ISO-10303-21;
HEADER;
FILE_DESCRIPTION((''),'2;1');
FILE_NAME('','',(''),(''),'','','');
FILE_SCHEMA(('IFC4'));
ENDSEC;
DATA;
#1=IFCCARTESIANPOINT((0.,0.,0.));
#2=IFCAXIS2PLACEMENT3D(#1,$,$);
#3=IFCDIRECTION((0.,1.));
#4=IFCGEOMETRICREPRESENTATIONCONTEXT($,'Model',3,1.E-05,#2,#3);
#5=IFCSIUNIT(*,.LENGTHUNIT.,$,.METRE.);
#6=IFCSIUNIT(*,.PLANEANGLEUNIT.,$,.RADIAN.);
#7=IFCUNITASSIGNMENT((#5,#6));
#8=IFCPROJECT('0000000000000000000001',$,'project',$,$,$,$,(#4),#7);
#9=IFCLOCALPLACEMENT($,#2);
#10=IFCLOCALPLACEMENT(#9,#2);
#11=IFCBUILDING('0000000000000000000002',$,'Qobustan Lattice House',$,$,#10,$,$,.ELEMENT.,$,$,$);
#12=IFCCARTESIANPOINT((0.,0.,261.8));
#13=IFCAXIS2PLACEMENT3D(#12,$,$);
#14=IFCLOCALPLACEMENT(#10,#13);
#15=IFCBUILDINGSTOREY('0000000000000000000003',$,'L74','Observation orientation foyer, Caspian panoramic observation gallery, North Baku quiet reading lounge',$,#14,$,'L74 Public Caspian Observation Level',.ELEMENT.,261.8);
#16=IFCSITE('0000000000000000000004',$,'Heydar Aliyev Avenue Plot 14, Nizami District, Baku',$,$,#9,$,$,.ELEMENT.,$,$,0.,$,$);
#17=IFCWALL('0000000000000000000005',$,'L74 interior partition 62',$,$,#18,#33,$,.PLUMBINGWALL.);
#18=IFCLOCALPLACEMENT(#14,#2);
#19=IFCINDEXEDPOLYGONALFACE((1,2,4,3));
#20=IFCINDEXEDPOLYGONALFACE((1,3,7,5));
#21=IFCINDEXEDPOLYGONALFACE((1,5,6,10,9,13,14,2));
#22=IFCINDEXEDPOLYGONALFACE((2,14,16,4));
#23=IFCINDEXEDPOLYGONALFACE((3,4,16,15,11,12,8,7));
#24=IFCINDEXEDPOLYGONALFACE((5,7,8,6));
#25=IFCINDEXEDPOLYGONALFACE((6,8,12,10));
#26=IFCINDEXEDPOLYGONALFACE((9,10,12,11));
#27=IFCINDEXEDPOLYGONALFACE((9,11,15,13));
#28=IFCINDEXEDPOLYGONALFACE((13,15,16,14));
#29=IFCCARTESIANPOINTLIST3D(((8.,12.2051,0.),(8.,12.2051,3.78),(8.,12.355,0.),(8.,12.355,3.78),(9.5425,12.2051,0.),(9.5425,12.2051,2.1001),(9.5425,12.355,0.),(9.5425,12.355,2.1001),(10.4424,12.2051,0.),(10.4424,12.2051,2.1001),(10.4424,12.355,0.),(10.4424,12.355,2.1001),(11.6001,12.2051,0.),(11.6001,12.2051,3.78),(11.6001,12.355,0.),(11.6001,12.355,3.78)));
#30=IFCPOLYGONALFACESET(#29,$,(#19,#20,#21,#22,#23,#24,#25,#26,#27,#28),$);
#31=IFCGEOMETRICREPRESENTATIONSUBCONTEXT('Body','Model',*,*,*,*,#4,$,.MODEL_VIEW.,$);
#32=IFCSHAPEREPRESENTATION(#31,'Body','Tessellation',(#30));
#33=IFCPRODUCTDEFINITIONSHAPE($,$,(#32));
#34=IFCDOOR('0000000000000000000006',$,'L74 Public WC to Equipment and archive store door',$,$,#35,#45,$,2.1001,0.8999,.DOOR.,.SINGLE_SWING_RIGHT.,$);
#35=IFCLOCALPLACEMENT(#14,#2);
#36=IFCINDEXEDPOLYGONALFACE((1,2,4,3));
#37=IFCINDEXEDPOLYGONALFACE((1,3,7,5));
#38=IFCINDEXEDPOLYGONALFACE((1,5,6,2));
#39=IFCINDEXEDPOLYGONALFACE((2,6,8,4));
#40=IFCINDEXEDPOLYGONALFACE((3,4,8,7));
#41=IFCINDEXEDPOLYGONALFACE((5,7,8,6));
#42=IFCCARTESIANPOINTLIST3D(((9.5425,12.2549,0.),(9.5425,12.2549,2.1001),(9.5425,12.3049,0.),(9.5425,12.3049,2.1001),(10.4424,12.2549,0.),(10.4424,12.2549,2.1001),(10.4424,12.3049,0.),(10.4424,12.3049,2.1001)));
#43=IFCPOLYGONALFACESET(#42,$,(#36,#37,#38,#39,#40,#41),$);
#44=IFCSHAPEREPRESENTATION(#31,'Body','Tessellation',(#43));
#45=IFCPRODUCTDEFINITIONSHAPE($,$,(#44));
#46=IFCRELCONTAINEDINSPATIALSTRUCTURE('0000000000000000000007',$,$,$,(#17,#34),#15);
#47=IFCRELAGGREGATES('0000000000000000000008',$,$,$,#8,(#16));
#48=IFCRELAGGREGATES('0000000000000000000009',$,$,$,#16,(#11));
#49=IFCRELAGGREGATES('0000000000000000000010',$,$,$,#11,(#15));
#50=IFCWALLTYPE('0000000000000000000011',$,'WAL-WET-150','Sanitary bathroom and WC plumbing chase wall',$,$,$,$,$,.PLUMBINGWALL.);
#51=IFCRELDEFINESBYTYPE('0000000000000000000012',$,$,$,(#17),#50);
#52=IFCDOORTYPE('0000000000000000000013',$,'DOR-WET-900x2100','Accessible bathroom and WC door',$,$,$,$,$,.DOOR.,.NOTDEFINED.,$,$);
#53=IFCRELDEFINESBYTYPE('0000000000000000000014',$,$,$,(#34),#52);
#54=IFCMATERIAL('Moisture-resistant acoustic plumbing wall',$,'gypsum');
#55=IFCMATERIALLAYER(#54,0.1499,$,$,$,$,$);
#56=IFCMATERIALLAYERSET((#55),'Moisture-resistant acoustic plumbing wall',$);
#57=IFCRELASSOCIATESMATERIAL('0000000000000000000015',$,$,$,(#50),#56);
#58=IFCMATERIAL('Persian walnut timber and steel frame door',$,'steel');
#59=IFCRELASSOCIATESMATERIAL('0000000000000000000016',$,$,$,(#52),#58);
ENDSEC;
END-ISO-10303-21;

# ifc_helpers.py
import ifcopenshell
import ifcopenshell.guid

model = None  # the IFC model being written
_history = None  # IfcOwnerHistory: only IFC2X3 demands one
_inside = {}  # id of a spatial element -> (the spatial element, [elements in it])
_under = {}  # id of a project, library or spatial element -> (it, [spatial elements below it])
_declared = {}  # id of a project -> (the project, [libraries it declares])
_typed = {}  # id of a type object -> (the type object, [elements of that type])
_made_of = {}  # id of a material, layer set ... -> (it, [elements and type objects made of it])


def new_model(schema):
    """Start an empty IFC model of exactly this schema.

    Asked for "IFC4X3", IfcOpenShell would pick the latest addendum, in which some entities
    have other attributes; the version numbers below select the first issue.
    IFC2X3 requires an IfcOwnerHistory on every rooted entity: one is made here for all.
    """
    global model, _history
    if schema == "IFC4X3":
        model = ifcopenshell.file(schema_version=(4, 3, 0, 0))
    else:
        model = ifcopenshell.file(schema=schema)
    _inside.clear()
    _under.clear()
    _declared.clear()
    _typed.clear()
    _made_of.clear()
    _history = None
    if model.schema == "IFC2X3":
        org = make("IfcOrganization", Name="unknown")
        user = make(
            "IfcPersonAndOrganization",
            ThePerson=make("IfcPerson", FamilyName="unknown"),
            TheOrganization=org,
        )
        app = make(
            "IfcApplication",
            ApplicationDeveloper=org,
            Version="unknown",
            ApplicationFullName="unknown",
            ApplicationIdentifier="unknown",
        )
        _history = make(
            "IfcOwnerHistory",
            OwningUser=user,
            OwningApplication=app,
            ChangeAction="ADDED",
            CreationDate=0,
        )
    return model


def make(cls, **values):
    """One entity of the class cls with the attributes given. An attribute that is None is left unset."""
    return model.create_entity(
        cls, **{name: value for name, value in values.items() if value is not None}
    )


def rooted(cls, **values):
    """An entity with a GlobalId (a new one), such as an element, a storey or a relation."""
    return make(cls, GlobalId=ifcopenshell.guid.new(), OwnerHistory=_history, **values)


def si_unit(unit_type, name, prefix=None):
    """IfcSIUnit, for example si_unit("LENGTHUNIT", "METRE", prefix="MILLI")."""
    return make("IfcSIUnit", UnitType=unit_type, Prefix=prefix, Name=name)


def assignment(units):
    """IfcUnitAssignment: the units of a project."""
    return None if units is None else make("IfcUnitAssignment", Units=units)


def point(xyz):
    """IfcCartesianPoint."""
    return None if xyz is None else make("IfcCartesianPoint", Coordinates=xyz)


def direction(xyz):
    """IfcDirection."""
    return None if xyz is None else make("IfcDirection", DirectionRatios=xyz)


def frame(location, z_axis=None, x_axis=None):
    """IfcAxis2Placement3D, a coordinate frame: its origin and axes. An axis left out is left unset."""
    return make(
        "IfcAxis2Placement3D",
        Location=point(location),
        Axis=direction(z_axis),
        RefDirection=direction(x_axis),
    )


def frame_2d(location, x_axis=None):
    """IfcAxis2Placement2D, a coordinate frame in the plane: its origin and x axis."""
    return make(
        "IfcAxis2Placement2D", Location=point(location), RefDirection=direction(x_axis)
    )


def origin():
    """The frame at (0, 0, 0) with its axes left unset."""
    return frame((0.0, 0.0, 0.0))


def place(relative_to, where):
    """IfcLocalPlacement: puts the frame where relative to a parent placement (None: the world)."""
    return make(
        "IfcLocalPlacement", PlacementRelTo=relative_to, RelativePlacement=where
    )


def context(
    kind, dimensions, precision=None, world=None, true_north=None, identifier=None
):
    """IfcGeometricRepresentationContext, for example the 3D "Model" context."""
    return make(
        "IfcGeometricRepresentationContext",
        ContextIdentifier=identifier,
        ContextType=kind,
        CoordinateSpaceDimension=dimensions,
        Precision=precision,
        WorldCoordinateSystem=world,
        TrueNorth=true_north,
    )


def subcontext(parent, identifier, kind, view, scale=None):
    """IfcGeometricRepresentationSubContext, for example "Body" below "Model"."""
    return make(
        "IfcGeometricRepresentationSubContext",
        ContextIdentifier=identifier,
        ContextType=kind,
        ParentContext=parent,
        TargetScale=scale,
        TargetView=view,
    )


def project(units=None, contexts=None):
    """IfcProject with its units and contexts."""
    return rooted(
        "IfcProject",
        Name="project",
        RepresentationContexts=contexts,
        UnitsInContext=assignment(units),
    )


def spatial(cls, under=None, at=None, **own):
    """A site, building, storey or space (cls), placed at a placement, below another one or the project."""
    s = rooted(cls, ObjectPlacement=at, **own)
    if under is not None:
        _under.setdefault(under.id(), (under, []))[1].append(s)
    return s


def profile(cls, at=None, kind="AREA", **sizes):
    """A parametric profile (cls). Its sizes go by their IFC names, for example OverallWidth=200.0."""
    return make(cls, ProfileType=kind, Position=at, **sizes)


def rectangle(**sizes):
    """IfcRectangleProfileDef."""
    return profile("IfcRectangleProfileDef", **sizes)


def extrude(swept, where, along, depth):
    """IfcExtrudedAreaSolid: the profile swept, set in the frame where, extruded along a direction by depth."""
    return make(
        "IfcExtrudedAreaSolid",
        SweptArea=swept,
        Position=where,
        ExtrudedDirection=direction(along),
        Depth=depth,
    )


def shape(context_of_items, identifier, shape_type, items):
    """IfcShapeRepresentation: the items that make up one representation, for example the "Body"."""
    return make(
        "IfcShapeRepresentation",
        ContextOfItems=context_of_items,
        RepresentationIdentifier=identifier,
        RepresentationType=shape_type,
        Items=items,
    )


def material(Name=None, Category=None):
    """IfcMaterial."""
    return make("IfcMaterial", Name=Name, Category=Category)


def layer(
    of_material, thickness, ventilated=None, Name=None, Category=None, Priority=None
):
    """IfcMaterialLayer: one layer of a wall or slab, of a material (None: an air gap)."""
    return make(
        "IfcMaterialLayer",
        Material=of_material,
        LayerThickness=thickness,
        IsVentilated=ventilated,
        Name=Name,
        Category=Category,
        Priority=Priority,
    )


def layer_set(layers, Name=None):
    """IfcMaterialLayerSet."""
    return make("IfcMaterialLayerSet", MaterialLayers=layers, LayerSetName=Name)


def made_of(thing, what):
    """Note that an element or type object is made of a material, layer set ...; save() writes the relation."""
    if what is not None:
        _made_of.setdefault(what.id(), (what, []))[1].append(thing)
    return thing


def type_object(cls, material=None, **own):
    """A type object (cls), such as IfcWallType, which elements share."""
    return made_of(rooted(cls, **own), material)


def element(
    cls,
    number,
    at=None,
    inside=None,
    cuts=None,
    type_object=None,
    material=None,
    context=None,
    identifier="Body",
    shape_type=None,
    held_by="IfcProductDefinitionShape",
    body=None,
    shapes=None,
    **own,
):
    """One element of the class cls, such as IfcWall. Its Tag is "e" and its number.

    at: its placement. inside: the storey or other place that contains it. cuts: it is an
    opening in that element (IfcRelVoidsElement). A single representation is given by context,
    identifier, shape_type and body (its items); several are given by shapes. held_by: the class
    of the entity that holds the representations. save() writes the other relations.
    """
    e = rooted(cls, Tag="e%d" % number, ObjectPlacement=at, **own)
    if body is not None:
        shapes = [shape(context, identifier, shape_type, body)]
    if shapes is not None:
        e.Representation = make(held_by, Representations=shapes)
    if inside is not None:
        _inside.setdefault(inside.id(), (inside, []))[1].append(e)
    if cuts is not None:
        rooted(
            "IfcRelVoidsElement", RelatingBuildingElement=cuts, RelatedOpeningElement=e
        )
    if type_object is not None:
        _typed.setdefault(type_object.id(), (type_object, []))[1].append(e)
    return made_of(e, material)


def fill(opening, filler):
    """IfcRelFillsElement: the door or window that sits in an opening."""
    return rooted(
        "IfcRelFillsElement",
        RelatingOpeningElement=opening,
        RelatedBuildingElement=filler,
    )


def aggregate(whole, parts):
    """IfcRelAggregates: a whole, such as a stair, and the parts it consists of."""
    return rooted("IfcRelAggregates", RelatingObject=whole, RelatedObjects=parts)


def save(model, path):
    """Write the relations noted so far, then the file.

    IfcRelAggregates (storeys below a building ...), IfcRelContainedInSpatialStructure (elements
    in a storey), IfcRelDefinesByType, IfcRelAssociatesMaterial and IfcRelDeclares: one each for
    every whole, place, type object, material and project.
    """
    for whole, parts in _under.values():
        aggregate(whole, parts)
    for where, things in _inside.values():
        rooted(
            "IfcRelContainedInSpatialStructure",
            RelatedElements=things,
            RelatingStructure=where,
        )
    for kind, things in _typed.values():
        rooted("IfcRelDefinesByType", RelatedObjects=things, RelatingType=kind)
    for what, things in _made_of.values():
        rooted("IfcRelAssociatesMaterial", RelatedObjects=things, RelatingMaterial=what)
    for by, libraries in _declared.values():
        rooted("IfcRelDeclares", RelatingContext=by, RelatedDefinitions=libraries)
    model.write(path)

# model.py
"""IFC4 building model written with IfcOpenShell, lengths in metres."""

from ifc_helpers import new_model, si_unit, direction, frame, frame_2d, origin, place, context, subcontext, project, spatial, rectangle, extrude, material, layer, layer_set, type_object, element, fill, save


model = new_model("IFC4")

# Units and contexts
model_context = context("Model", 3, precision=1e-05, world=origin(), true_north=direction((0.0, 1.0)))
body_context = subcontext(model_context, "Body", "Model", "MODEL_VIEW")
ifc_project = project(units=[si_unit("LENGTHUNIT", "METRE"), si_unit("PLANEANGLEUNIT", "RADIAN")], contexts=[model_context])

# Site, building, storey
site_placement = place(None, origin())
site = spatial("IfcSite", under=ifc_project, at=site_placement, Name="Heydar Aliyev Avenue Plot 14, Nizami District, Baku", CompositionType="ELEMENT", RefElevation=0.0)
building_placement = place(site_placement, origin())
building = spatial("IfcBuilding", under=site, at=building_placement, Name="Qobustan Lattice House", CompositionType="ELEMENT")
storey_placement = place(building_placement, frame((0.0, 0.0, 261.8)))
storey = spatial("IfcBuildingStorey", under=building, at=storey_placement, Name="L74", Description="Observation orientation foyer, Caspian panoramic observation gallery, North Baku quiet reading lounge", LongName="L74 Public Caspian Observation Level", CompositionType="ELEMENT", Elevation=261.8)

# Shared definitions
ifc_material_1 = material(Name="Moisture-resistant acoustic plumbing wall", Category="gypsum")
ifc_layer_1 = layer(ifc_material_1, 0.1499)
ifc_layer_set_1 = layer_set([ifc_layer_1], Name="Moisture-resistant acoustic plumbing wall")
wall_type_1 = type_object("IfcWallType", Name="WAL-WET-150", Description="Sanitary bathroom and WC plumbing chase wall", PredefinedType="PLUMBINGWALL", material=ifc_layer_set_1)
ifc_material_2 = material(Name="Persian walnut timber and steel frame door", Category="steel")
door_type_1 = type_object("IfcDoorType", Name="DOR-WET-900x2100", Description="Accessible bathroom and WC door", OperationType="NOTDEFINED", PredefinedType="DOOR", material=ifc_material_2)

# Wall, opening, door
wall_1_placement = place(storey_placement, frame((8.0, 12.28, 0.0), z_axis=(0.0, 0.0, 1.0), x_axis=(1.0, 0.0, 0.0)))
wall_1 = element("IfcWall", 1, at=wall_1_placement, inside=storey, type_object=wall_type_1, Name="L74 interior partition 62", PredefinedType="PLUMBINGWALL", context=body_context, shape_type="SweptSolid", body=[
    extrude(rectangle(XDim=3.6001, YDim=0.1499, at=frame_2d((1.8, 0.0))), origin(), (0.0, 0.0, 1.0), 3.78),
])
opening_1_placement = place(wall_1_placement, frame((1.5425, 0.0, 0.0)))
opening_1 = element("IfcOpeningElement", 2, at=opening_1_placement, cuts=wall_1, PredefinedType="OPENING", context=body_context, shape_type="SweptSolid", body=[
    extrude(rectangle(XDim=0.8999, YDim=2.1001, at=frame_2d((0.45, 1.05))), frame((0.0, 0.085, 0.0), z_axis=(0.0, -1.0, 0.0), x_axis=(1.0, 0.0, 0.0)), (0.0, 0.0, 1.0), 0.1699),
])
door_1_placement = place(opening_1_placement, origin())
door_1 = element("IfcDoor", 3, at=door_1_placement, inside=storey, type_object=door_type_1, Name="L74 Public WC to Equipment and archive store door", OperationType="SINGLE_SWING_RIGHT", OverallHeight=2.1001, OverallWidth=0.8999, PredefinedType="DOOR", context=body_context, shape_type="SweptSolid", body=[
    extrude(rectangle(XDim=0.8999, YDim=2.1001, at=frame_2d((0.45, 1.05))), frame((0.0, 0.0249, 0.0), z_axis=(0.0, -1.0, 0.0), x_axis=(1.0, 0.0, 0.0)), (0.0, 0.0, 1.0), 0.05),
])
fill(opening_1, door_1)

save(model, "model.ifc")
